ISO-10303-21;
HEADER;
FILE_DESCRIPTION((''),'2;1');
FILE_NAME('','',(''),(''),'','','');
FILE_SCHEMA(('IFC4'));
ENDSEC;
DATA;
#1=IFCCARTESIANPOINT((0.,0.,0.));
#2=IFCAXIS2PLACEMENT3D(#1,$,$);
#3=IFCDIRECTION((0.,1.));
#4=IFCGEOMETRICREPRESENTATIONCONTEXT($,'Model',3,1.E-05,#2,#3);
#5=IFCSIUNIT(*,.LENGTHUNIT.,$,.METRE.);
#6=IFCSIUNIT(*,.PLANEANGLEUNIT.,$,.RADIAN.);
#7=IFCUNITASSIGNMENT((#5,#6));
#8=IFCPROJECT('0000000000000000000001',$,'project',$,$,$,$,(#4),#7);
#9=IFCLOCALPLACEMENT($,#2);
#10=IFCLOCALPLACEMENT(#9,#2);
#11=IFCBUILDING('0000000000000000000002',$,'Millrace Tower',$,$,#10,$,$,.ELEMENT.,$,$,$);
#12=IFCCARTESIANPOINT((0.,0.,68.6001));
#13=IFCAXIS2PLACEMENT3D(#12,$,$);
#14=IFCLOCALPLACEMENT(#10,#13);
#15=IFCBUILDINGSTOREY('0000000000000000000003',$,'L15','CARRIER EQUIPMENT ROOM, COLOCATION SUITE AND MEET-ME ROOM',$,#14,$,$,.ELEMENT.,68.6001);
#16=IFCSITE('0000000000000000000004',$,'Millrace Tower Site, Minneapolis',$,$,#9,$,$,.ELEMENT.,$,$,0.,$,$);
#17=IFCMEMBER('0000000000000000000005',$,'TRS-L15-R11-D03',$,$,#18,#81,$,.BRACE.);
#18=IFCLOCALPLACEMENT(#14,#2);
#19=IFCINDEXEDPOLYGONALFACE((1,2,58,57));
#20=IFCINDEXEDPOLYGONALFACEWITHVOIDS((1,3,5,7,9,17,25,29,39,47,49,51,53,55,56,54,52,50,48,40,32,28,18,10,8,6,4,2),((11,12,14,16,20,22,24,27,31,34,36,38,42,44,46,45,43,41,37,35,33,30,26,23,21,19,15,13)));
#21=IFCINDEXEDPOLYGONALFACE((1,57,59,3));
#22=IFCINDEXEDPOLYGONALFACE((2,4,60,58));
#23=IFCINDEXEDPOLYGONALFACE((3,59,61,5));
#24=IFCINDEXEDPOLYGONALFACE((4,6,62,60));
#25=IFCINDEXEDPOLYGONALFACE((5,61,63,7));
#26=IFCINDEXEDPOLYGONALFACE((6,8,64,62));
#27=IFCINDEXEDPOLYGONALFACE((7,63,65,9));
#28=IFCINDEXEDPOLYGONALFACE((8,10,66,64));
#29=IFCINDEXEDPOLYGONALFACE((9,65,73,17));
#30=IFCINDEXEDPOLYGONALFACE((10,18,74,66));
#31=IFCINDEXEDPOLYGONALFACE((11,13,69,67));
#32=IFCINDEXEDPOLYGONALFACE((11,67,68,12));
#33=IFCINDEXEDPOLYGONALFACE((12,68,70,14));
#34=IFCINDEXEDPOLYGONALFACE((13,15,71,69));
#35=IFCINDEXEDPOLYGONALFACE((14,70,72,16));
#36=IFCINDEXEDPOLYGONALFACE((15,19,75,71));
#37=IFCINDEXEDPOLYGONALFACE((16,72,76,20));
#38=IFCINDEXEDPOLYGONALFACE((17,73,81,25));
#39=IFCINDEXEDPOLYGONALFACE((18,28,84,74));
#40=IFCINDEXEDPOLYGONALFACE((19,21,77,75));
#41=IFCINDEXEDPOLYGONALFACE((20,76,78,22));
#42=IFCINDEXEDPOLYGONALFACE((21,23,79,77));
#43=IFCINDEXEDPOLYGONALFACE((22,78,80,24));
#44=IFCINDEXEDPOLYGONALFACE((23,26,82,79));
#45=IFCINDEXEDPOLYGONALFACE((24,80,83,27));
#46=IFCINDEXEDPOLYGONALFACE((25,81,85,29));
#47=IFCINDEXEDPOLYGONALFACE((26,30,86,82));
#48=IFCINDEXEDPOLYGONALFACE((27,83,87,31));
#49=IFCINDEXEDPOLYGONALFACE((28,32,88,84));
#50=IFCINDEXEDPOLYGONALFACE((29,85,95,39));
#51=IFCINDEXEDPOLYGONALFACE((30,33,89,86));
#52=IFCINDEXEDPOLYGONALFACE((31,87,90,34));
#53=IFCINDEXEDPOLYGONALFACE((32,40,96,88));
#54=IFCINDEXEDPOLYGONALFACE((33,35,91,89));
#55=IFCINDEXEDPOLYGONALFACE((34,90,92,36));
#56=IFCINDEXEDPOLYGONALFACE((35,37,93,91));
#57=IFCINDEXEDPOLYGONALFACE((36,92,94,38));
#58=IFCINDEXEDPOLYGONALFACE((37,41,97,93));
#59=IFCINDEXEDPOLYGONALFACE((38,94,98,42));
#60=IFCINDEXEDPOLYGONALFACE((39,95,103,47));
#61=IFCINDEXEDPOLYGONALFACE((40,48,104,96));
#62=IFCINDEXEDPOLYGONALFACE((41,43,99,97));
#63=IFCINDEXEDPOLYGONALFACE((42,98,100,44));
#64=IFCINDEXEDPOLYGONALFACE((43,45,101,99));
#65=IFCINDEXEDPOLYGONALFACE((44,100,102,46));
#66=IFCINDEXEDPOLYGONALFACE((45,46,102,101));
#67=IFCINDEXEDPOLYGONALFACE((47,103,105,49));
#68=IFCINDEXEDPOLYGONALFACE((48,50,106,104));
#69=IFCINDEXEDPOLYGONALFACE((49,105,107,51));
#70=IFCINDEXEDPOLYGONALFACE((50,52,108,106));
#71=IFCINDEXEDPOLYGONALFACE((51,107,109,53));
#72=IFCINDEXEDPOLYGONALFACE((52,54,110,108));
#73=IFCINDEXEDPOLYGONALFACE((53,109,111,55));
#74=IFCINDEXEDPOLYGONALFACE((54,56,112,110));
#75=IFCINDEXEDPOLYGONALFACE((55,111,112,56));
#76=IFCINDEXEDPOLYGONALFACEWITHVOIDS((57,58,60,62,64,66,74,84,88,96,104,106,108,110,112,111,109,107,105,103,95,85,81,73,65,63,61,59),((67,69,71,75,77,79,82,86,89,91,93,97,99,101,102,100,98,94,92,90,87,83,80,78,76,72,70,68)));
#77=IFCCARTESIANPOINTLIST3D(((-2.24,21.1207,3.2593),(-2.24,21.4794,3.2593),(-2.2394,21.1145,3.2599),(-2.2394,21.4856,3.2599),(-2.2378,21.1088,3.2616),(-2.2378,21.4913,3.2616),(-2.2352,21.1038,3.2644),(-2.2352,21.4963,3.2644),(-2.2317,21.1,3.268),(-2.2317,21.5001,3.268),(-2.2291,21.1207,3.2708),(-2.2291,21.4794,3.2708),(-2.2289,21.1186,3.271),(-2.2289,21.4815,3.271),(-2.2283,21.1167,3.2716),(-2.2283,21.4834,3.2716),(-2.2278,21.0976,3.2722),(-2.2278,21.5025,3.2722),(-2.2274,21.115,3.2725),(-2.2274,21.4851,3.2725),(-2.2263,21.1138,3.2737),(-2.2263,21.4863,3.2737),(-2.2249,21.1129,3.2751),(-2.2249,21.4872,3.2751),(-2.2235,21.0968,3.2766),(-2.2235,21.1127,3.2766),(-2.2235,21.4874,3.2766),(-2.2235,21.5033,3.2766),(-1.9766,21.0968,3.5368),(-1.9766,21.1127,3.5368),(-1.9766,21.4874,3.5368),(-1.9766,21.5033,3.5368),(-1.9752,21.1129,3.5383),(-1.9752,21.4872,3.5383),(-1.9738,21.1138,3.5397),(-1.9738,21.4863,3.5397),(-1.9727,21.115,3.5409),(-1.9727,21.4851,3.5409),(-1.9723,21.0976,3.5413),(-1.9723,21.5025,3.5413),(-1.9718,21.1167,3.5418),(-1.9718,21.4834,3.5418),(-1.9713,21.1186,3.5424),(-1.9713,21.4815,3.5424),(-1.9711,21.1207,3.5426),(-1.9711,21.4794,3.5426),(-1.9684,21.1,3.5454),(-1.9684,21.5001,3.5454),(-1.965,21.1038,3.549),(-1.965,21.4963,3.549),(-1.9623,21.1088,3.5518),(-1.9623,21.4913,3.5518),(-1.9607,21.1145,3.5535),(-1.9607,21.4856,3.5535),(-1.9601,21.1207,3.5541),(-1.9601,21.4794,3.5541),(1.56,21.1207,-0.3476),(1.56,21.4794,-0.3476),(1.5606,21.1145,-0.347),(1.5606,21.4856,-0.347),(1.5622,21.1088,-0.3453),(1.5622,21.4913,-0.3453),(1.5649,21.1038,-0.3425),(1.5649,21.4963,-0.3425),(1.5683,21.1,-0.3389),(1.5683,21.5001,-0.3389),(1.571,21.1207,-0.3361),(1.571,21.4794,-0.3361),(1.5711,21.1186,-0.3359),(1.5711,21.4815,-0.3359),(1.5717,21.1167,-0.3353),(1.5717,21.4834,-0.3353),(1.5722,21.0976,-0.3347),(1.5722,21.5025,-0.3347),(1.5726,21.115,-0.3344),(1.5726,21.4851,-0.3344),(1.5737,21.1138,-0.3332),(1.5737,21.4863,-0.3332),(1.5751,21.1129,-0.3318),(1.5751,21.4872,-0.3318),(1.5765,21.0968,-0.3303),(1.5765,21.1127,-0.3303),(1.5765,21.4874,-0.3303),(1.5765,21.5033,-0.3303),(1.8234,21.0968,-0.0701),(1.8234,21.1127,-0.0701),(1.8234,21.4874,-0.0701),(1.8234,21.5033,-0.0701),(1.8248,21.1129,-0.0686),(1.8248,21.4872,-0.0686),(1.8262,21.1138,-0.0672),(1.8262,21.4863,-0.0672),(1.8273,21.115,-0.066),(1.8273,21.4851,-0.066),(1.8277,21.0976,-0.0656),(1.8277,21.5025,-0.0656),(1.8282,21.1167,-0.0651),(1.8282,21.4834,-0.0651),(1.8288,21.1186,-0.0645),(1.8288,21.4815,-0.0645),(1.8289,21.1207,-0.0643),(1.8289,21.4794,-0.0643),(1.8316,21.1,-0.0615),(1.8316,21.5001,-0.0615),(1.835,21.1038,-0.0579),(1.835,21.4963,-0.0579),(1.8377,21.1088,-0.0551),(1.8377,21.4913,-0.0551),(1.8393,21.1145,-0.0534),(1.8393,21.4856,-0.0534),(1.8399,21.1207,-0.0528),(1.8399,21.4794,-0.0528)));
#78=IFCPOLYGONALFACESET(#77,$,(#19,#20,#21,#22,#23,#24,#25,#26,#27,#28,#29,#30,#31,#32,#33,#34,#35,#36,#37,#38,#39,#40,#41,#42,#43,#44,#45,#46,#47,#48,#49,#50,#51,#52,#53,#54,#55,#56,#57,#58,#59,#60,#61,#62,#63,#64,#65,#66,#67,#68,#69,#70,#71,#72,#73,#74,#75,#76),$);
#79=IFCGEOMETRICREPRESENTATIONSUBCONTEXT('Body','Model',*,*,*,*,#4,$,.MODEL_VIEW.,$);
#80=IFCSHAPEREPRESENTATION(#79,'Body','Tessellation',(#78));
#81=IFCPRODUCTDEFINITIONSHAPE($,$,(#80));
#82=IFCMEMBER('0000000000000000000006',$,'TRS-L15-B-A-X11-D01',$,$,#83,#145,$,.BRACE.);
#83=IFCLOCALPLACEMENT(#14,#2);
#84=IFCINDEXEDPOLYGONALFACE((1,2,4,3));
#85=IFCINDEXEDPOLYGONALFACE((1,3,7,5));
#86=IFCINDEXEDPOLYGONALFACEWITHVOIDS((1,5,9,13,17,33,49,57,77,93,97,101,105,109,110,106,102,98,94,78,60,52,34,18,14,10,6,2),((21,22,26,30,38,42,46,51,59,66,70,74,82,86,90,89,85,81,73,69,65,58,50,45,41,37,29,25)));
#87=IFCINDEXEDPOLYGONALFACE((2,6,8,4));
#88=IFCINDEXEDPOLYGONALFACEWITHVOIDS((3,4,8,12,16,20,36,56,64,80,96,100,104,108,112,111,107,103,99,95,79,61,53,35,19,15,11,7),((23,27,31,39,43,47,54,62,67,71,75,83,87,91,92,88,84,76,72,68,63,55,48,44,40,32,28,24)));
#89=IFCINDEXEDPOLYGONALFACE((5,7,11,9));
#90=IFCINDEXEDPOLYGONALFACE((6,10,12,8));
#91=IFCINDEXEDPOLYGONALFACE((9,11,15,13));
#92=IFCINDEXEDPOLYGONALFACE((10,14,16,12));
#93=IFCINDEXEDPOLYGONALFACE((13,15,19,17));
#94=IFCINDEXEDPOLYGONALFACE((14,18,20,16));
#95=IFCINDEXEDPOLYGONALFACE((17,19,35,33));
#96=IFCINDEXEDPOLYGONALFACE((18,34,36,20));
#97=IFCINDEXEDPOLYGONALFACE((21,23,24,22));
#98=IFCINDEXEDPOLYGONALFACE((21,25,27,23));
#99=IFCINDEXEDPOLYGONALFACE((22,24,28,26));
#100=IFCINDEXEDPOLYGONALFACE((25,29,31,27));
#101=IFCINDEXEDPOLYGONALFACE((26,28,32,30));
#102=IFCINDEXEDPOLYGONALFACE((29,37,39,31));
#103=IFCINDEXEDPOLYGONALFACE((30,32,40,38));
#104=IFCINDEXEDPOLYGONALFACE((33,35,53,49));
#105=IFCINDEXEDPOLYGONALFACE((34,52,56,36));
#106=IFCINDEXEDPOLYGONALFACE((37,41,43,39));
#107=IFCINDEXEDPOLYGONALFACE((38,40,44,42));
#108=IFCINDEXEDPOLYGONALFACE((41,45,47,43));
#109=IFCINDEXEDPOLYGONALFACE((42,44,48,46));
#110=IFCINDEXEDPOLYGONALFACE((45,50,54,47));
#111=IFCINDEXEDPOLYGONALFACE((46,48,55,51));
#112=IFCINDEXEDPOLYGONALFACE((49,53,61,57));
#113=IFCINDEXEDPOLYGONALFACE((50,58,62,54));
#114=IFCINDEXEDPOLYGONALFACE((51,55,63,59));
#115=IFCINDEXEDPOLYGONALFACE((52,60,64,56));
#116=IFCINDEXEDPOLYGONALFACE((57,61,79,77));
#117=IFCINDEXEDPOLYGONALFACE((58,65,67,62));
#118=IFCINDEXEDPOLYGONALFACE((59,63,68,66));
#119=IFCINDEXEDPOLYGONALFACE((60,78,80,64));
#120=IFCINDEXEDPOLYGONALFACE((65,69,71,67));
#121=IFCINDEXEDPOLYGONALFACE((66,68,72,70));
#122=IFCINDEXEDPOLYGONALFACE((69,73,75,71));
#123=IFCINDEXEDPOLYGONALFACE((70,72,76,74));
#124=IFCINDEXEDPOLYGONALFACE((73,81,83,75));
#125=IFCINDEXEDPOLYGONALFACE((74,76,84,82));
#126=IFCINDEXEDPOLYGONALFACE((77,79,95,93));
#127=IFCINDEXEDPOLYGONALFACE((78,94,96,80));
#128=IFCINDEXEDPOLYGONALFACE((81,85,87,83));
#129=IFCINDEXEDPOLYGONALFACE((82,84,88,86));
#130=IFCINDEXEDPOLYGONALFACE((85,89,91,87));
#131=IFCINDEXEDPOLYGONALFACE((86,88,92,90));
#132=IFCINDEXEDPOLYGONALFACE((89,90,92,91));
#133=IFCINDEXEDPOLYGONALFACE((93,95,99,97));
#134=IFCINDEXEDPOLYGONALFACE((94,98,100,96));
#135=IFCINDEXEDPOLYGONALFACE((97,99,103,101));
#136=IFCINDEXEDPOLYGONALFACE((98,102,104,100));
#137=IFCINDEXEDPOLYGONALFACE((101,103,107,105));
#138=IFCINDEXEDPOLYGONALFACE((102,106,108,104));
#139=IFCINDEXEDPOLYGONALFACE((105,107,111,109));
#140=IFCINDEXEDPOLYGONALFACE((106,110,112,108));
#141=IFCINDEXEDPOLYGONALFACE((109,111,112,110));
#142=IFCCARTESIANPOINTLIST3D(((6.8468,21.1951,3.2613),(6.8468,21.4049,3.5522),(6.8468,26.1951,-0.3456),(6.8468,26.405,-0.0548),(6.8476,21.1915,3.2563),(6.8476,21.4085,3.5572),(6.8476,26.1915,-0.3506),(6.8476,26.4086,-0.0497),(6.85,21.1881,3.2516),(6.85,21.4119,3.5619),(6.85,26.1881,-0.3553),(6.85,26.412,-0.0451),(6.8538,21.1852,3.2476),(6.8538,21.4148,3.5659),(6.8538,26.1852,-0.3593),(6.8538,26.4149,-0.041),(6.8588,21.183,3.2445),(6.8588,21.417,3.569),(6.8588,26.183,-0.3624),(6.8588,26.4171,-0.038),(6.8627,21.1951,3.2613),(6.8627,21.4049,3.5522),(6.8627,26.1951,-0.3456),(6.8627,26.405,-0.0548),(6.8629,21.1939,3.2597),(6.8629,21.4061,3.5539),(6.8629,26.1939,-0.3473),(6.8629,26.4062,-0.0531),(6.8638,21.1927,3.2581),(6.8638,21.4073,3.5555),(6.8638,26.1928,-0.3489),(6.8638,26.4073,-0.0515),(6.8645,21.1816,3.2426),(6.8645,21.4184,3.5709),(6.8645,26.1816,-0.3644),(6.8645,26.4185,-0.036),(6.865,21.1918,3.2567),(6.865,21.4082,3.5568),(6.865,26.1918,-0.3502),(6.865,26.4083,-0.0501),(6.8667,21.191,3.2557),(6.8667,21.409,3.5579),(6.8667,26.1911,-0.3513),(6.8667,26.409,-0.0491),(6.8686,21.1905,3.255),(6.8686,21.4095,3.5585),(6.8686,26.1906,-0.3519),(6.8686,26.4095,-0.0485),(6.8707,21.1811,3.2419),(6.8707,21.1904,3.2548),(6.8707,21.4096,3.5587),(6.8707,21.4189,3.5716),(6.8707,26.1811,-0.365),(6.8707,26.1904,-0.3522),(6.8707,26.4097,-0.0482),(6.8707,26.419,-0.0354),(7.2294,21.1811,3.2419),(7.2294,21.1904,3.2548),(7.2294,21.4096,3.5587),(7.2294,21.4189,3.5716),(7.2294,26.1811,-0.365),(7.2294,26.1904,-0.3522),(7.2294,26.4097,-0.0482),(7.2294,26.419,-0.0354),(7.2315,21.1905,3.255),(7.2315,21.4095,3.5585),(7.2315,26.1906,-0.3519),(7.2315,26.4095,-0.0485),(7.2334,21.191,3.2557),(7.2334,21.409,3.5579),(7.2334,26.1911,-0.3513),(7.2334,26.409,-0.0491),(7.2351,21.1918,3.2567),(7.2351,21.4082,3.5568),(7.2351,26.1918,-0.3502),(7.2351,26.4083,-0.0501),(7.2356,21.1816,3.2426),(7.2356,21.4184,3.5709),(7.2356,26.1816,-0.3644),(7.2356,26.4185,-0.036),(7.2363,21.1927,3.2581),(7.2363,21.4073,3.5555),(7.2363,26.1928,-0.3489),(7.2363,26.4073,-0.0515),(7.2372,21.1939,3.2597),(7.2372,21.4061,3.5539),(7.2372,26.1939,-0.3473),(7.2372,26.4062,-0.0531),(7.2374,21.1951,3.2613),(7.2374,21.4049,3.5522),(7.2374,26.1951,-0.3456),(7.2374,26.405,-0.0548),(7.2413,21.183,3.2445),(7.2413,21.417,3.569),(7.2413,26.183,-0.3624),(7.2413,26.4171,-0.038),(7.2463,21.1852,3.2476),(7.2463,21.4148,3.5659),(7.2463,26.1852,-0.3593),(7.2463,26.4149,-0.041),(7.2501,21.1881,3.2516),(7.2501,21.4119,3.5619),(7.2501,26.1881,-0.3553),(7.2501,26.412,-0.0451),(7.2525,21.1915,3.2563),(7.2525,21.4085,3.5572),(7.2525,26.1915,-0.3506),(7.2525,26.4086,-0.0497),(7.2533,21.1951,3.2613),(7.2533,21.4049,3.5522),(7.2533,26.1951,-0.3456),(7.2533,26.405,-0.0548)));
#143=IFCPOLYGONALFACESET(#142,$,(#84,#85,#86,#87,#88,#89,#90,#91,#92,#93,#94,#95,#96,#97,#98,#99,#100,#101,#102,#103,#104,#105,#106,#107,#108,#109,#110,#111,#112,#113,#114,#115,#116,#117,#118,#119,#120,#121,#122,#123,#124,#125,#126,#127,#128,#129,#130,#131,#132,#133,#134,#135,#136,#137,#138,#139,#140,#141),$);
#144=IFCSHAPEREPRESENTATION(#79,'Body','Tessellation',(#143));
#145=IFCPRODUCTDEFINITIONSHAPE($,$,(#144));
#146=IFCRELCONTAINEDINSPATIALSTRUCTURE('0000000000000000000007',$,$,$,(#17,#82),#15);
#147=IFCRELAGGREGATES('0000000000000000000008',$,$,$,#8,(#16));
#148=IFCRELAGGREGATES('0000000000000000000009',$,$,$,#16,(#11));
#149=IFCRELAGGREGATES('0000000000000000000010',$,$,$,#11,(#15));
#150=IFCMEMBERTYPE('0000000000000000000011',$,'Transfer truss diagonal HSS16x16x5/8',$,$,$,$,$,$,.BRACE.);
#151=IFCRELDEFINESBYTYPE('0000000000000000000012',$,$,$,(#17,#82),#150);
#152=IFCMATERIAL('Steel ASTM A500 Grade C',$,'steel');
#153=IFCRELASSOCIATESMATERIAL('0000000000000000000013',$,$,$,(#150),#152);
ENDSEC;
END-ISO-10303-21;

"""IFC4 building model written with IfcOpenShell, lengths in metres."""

from ifc_helpers import new_model, si_unit, direction, frame, origin, origin_2d, place, context, subcontext, project, spatial, hollow_rectangle, extrude, material, material_profile, profile_set, type_object, element, save


model = new_model("IFC4")

# Units and contexts
model_context = context("Model", 3, precision=1e-05, world=origin(), true_north=direction((0.0, 1.0)))
body_context = subcontext(model_context, "Body", "Model", "MODEL_VIEW")
ifc_project = project(units=[si_unit("LENGTHUNIT", "METRE"), si_unit("PLANEANGLEUNIT", "RADIAN")], contexts=[model_context])

# Site, building, storey
site_placement = place(None, origin())
site = spatial("IfcSite", under=ifc_project, at=site_placement, Name="Millrace Tower Site, Minneapolis", CompositionType="ELEMENT", RefElevation=0.0)
building_placement = place(site_placement, origin())
building = spatial("IfcBuilding", under=site, at=building_placement, Name="Millrace Tower", CompositionType="ELEMENT")
storey_placement = place(building_placement, frame((0.0, 0.0, 68.6001)))
storey = spatial("IfcBuildingStorey", under=building, at=storey_placement, Name="L15", Description="CARRIER EQUIPMENT ROOM, COLOCATION SUITE AND MEET-ME ROOM", CompositionType="ELEMENT", Elevation=68.6001)

# Members
ifc_material_1 = material(Name="Steel ASTM A500 Grade C", Category="steel")
ifc_material_profile_1 = material_profile(ifc_material_1, hollow_rectangle(XDim=0.4065, YDim=0.4065, WallThickness=0.0159, InnerFilletRadius=0.0081, OuterFilletRadius=0.0239, at=origin_2d()))
ifc_profile_set_1 = profile_set([ifc_material_profile_1], Name="Steel ASTM A500 Grade C")
member_type_1 = type_object("IfcMemberType", Name="Transfer truss diagonal HSS16x16x5/8", PredefinedType="BRACE", material=ifc_profile_set_1)
member_1_placement = place(storey_placement, frame((1.7, 21.3, -0.2002), z_axis=(-0.725296, 0.0, 0.688437), x_axis=(0.0, -1.0, 0.0)))
element("IfcMember", 1, at=member_1_placement, inside=storey, type_object=member_type_1, Name="TRS-L15-R11-D03", PredefinedType="BRACE", context=body_context, shape_type="SweptSolid", body=[
    extrude(hollow_rectangle(XDim=0.4065, YDim=0.4065, WallThickness=0.0159, InnerFilletRadius=0.0081, OuterFilletRadius=0.0239, at=origin_2d()), origin(), (0.0, 0.0, 1.0), 5.2393),
])
member_2_placement = place(storey_placement, frame((7.05, 26.3, -0.2002), z_axis=(0.0, -0.811001, 0.585045), x_axis=(1.0, 0.0, 0.0)))
element("IfcMember", 2, at=member_2_placement, inside=storey, type_object=member_type_1, Name="TRS-L15-B-A-X11-D01", PredefinedType="BRACE", context=body_context, shape_type="SweptSolid", body=[
    extrude(hollow_rectangle(XDim=0.4065, YDim=0.4065, WallThickness=0.0159, InnerFilletRadius=0.0081, OuterFilletRadius=0.0239, at=origin_2d()), origin(), (0.0, 0.0, 1.0), 6.1653),
])

save(model, "model.ifc")
